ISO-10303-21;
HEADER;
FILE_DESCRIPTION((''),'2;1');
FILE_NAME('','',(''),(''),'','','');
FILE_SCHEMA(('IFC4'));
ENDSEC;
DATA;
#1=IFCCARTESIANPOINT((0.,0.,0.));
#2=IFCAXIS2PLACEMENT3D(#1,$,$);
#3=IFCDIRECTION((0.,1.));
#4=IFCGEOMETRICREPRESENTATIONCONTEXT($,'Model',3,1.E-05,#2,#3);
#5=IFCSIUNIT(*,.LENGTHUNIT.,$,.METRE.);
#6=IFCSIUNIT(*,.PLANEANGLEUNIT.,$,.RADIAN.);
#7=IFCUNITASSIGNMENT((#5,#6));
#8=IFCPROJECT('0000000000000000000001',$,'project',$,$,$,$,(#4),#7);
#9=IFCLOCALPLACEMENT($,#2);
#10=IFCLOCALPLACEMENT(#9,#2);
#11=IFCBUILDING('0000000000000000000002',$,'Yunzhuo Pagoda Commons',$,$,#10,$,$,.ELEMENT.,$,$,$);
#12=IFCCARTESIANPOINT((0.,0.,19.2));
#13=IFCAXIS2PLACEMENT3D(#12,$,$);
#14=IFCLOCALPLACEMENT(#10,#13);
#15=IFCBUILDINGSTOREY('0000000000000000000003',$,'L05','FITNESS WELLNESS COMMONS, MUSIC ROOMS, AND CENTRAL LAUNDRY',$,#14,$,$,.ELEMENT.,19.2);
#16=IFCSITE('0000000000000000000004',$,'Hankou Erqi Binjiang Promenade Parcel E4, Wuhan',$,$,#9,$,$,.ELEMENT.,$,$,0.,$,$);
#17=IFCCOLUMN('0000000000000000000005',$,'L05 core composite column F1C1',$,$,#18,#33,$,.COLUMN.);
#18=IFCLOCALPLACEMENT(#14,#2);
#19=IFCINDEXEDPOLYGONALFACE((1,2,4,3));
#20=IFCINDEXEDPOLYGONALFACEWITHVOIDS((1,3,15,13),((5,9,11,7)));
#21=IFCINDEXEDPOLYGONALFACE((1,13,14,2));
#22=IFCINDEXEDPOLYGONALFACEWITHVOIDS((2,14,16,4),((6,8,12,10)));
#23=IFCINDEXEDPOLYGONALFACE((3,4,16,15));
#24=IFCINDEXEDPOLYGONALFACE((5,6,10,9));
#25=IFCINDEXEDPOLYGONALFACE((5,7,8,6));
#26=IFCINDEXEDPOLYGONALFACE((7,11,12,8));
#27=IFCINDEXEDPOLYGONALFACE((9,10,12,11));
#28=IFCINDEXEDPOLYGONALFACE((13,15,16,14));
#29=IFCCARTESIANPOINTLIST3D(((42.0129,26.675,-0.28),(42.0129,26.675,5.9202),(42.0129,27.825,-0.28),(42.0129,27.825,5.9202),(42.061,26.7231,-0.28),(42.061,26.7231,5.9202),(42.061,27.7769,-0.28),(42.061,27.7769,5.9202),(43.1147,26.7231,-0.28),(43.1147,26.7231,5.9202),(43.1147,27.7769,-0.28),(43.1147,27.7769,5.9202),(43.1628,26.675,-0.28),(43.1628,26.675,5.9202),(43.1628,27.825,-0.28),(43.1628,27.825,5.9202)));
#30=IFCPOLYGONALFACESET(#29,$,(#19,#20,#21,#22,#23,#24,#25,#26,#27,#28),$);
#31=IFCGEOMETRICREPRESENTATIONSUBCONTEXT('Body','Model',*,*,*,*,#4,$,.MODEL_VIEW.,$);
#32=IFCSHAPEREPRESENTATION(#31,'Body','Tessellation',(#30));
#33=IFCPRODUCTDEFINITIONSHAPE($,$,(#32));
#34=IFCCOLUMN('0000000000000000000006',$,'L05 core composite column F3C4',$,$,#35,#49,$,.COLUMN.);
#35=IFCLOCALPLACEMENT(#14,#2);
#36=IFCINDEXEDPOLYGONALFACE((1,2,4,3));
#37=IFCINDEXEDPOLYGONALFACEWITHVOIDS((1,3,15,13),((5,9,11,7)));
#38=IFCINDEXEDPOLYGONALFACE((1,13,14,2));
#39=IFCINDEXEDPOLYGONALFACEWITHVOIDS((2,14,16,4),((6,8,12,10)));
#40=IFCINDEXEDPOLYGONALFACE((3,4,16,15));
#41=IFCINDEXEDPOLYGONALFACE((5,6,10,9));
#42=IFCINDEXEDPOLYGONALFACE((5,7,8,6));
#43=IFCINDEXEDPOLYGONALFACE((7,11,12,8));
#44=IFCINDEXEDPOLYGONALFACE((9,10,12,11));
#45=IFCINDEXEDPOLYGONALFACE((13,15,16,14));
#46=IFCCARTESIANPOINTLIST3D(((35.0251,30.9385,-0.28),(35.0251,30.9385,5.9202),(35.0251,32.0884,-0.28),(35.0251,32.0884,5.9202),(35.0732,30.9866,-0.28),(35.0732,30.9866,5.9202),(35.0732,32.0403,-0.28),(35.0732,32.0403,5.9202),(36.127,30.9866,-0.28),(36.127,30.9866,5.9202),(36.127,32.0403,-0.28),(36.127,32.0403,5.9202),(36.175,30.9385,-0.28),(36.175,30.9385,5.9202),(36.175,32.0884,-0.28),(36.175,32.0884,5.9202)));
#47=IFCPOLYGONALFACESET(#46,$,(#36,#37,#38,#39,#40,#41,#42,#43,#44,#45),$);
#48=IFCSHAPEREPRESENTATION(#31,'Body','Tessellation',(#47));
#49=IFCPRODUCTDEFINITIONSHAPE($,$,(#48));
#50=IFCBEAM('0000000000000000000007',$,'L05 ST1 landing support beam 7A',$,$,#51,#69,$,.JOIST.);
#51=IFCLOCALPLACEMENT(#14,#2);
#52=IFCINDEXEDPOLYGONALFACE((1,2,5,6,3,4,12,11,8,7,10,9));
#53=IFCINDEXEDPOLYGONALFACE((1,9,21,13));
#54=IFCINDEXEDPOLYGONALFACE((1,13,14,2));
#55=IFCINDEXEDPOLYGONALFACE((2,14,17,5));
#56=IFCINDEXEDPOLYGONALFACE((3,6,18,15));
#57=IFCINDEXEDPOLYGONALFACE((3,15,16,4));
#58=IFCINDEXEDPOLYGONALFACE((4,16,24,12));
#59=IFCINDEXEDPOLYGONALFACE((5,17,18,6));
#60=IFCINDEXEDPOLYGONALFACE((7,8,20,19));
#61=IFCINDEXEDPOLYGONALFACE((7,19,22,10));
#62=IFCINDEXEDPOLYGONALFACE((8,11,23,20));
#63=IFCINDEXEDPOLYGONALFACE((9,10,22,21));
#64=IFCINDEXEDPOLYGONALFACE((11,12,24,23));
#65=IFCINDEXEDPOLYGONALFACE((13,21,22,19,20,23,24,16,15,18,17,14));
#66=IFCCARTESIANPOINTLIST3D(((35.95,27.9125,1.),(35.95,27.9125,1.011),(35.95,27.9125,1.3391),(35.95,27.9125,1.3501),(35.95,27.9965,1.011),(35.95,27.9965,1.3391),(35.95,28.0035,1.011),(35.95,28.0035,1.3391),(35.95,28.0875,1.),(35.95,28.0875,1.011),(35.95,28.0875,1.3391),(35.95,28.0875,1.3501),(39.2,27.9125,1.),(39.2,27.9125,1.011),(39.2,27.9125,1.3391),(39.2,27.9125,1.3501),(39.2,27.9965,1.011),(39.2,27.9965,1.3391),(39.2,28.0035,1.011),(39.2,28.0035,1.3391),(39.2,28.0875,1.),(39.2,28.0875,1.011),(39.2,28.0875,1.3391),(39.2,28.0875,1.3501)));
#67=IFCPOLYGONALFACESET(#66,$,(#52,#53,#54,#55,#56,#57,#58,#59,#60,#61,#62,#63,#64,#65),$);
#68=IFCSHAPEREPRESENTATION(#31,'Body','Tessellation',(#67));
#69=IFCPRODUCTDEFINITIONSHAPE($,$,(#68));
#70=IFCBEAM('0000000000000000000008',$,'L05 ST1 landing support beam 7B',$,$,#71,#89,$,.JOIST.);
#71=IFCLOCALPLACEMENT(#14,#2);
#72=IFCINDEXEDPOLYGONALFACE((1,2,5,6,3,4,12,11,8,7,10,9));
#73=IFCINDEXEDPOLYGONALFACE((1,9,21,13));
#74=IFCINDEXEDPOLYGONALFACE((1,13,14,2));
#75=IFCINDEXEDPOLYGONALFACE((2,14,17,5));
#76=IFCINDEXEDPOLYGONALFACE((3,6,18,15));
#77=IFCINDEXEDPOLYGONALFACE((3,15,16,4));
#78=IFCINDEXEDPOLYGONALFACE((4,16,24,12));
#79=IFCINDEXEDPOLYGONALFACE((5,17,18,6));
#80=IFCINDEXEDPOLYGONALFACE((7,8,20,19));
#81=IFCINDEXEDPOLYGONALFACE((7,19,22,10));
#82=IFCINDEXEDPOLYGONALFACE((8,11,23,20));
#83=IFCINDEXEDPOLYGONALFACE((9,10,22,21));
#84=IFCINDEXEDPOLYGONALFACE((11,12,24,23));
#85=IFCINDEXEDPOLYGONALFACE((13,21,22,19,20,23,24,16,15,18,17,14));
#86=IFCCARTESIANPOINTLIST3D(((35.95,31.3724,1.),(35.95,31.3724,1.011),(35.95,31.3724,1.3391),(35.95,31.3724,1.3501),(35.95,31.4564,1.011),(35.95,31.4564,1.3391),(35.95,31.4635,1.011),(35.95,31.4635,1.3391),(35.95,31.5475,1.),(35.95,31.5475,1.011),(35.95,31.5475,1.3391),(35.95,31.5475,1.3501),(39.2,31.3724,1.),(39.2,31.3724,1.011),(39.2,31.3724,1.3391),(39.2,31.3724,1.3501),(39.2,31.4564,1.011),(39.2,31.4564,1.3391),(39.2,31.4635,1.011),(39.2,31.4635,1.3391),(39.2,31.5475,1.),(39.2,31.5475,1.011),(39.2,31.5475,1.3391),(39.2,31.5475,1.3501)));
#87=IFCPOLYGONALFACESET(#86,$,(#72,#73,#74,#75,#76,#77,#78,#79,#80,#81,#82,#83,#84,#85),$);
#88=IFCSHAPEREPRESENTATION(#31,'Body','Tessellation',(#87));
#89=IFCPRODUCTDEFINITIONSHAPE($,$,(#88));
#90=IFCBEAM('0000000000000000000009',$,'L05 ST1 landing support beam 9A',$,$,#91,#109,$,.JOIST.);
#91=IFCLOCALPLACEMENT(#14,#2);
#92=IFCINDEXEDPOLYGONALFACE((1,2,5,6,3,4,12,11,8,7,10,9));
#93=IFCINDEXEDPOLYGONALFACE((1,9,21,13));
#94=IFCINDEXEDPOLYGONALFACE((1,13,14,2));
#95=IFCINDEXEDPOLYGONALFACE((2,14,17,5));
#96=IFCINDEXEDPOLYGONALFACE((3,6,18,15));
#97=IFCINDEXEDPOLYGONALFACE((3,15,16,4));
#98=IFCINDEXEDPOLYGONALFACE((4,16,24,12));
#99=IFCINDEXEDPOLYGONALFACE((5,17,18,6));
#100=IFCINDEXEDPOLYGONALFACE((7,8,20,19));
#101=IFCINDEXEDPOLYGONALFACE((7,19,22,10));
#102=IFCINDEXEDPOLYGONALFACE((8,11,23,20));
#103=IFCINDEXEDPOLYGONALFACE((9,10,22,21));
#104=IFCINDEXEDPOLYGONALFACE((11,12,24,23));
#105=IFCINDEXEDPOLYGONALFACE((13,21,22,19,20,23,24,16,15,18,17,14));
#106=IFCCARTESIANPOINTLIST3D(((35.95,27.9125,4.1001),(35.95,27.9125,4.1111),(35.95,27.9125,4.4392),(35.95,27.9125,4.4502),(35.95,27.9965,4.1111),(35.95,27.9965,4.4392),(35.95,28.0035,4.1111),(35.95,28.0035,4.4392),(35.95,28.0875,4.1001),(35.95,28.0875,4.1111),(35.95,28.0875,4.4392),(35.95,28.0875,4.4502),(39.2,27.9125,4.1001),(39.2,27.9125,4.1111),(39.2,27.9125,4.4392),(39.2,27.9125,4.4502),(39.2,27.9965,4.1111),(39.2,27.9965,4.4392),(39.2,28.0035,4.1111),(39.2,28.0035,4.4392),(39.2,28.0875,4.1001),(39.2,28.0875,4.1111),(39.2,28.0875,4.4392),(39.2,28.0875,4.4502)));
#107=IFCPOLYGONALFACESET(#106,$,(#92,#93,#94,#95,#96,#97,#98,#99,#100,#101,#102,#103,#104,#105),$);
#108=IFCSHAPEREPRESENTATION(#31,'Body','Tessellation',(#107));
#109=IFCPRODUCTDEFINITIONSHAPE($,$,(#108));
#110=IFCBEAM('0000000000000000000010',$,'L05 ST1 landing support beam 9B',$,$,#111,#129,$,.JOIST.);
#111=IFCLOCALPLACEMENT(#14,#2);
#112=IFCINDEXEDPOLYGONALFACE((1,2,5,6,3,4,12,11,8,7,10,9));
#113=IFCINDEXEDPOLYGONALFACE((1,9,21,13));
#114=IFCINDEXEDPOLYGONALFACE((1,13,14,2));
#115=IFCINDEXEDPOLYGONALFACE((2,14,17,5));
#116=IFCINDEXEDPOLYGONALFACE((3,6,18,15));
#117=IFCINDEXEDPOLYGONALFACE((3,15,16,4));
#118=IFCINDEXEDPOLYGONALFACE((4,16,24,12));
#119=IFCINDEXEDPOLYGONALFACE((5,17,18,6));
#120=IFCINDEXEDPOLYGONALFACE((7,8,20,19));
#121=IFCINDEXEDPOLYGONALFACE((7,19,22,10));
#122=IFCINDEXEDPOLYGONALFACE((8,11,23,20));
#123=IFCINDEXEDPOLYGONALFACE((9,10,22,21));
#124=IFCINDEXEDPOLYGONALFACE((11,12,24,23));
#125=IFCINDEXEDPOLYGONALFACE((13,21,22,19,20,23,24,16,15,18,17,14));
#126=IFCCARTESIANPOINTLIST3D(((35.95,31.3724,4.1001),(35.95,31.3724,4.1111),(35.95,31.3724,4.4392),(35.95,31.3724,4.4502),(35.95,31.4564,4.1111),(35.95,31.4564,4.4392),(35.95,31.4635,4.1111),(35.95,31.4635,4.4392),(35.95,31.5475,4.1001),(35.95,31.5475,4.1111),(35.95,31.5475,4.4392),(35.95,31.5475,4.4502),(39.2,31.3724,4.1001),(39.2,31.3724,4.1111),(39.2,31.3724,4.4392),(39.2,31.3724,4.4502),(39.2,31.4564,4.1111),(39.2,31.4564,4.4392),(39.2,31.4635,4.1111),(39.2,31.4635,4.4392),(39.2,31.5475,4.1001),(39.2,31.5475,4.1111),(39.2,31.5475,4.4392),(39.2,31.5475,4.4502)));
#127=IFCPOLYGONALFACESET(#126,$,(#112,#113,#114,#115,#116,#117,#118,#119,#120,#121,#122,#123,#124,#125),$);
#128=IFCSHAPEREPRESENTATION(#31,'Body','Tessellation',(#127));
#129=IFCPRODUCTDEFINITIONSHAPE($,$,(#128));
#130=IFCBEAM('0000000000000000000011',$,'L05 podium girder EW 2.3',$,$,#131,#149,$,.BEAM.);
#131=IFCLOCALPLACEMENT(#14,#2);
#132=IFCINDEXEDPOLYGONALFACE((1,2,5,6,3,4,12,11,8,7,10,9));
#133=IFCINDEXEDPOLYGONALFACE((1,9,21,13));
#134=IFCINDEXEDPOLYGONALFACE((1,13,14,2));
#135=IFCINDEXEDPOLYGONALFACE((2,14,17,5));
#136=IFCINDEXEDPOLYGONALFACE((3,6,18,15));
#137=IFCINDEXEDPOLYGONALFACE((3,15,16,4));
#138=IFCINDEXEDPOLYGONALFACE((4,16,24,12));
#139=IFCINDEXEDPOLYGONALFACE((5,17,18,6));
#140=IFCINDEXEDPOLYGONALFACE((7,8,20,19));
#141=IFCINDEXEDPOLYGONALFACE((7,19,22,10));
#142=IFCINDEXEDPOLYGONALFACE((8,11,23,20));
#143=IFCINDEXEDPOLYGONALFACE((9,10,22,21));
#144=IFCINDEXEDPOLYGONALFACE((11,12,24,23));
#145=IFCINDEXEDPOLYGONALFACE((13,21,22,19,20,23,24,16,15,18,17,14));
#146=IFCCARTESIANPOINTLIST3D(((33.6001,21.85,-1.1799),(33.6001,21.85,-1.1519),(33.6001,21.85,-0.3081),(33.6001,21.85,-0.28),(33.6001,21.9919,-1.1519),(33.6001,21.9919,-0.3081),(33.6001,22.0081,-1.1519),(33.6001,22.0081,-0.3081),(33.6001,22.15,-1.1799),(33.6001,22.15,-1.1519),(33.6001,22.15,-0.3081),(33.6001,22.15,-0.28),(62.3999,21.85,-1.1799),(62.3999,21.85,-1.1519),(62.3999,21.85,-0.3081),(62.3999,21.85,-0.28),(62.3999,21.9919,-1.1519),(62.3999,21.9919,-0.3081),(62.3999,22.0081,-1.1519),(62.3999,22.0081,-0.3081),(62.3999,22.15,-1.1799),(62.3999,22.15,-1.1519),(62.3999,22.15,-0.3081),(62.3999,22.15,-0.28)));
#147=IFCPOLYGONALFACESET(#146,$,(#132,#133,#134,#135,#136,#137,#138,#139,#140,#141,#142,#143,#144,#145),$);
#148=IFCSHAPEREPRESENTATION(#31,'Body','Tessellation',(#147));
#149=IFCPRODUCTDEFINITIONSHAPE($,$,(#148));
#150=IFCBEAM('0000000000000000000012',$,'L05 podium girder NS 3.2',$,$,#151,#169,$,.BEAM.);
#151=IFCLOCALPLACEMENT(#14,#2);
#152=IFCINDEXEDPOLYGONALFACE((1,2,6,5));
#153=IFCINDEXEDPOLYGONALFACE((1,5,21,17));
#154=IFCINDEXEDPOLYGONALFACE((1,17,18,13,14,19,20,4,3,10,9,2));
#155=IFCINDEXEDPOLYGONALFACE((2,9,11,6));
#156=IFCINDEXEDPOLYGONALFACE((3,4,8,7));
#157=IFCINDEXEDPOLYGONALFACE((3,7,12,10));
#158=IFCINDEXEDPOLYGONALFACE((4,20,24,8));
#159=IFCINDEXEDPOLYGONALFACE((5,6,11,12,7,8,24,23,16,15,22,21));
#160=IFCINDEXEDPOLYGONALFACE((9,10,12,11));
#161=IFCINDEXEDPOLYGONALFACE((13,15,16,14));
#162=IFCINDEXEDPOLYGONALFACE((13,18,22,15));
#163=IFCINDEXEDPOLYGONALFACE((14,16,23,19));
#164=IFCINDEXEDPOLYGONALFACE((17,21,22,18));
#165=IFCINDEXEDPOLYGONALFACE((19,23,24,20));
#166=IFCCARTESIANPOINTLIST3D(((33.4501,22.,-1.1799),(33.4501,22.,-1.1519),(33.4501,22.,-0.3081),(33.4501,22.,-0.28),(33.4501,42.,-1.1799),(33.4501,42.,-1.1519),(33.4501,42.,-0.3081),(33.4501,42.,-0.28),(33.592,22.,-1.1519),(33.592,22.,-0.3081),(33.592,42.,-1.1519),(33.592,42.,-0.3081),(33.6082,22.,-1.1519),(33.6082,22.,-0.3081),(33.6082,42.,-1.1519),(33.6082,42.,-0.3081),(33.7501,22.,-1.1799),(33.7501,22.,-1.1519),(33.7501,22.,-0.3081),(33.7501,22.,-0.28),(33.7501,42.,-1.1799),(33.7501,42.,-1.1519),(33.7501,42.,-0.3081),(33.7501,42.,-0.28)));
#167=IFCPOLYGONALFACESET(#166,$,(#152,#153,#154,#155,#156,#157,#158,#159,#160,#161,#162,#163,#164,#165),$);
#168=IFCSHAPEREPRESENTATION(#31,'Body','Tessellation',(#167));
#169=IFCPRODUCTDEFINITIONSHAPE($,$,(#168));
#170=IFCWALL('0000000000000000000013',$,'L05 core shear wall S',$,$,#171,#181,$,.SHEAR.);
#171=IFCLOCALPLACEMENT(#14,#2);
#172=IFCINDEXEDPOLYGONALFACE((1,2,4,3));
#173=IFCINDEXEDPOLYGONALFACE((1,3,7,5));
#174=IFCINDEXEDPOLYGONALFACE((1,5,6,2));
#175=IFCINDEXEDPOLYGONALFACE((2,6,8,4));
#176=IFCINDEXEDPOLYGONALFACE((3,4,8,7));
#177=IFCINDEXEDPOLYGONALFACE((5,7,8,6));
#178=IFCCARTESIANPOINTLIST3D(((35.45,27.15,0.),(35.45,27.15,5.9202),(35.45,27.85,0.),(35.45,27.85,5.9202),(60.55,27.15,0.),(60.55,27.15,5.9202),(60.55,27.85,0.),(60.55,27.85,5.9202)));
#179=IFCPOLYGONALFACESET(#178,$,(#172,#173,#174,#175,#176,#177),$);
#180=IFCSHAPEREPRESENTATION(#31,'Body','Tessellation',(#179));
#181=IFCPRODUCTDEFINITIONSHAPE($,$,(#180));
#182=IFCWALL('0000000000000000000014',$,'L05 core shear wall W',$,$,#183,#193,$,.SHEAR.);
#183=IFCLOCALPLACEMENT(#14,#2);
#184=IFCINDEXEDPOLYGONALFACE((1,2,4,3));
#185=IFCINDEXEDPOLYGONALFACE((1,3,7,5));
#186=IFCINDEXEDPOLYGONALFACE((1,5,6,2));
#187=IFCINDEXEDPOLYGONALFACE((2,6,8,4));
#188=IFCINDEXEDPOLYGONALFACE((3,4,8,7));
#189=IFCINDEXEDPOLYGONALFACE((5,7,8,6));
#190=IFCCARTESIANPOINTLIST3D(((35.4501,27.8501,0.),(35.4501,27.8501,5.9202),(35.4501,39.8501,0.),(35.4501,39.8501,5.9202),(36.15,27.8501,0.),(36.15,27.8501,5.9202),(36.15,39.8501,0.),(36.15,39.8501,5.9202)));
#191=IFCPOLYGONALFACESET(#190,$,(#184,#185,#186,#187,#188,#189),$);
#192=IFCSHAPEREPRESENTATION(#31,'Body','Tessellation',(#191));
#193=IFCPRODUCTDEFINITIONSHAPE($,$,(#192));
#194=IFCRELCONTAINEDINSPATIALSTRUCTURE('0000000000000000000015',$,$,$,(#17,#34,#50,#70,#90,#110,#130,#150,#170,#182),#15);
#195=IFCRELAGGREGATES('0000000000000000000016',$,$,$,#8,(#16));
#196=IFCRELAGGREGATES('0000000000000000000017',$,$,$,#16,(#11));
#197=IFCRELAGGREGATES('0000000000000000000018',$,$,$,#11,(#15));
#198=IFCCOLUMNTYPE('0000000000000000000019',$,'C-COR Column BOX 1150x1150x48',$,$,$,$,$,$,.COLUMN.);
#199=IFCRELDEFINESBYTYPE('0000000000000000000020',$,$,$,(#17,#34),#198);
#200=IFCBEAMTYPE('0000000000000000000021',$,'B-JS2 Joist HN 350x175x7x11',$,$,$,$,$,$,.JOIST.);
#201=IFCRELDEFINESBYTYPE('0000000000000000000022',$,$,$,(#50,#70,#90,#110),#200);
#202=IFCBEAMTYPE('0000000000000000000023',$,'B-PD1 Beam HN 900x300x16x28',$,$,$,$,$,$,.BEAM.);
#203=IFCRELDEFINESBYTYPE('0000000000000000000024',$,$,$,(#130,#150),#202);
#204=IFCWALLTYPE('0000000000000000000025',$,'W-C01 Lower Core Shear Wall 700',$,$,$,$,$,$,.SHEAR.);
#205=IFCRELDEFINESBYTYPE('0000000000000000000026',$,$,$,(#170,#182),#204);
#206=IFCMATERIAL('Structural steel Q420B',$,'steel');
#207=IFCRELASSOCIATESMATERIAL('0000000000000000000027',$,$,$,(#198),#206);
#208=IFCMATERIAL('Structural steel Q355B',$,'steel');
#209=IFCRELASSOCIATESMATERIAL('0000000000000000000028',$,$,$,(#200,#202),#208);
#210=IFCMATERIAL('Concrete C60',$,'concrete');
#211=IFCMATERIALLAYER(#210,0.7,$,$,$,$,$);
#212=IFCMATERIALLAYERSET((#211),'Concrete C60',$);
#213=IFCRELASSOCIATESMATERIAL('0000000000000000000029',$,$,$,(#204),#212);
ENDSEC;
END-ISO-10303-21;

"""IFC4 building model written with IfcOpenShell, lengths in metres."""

from ifc_helpers import new_model, si_unit, direction, frame, frame_2d, origin, origin_2d, place, context, subcontext, project, spatial, rectangle, hollow_rectangle, i_section, extrude, source, transform, mapped, material, layer, layer_set, material_profile, profile_set, type_object, element, save


model = new_model("IFC4")

# Units and contexts
model_context = context("Model", 3, precision=1e-05, world=origin(), true_north=direction((0.0, 1.0)))
body_context = subcontext(model_context, "Body", "Model", "MODEL_VIEW")
ifc_project = project(units=[si_unit("LENGTHUNIT", "METRE"), si_unit("PLANEANGLEUNIT", "RADIAN")], contexts=[model_context])

# Site, building, storey
site_placement = place(None, origin())
site = spatial("IfcSite", under=ifc_project, at=site_placement, Name="Hankou Erqi Binjiang Promenade Parcel E4, Wuhan", CompositionType="ELEMENT", RefElevation=0.0)
building_placement = place(site_placement, origin())
building = spatial("IfcBuilding", under=site, at=building_placement, Name="Yunzhuo Pagoda Commons", CompositionType="ELEMENT")
storey_placement = place(building_placement, frame((0.0, 0.0, 19.2)))
storey = spatial("IfcBuildingStorey", under=building, at=storey_placement, Name="L05", Description="FITNESS WELLNESS COMMONS, MUSIC ROOMS, AND CENTRAL LAUNDRY", CompositionType="ELEMENT", Elevation=19.2)

# Columns
ifc_material_1 = material(Name="Structural steel Q420B", Category="steel")
ifc_material_profile_1 = material_profile(ifc_material_1, hollow_rectangle(XDim=1.1499, YDim=1.1499, WallThickness=0.0481, at=origin_2d()), Name="Structural steel Q420B")
ifc_profile_set_1 = profile_set([ifc_material_profile_1], Name="Structural steel Q420B")
column_type = type_object("IfcColumnType", Name="C-COR Column BOX 1150x1150x48", PredefinedType="COLUMN", material=ifc_profile_set_1)
shared_shape_1 = source(origin(), body_context, "Body", "SweptSolid", [
    extrude(hollow_rectangle(XDim=1.1499, YDim=1.1499, WallThickness=0.0481, at=origin_2d()), origin(), (0.0, 0.0, 1.0), 6.2002),
])
for number, where, z_axis, x_axis, name in (
    (1, (42.5879, 27.25, -0.28), (0.0, 0.0, 1.0), (1.0, 0.0, 0.0), "L05 core composite column F1C1"),
    (2, (35.6001, 31.5134, -0.28), (0.0, 0.0, 1.0), (1.0, 0.0, 0.0), "L05 core composite column F3C4"),
):
    element("IfcColumn", number, at=place(storey_placement, frame(where, z_axis=z_axis, x_axis=x_axis)), inside=storey, type_object=column_type, Name=name, PredefinedType="COLUMN", context=body_context, shape_type="MappedRepresentation", body=[
        mapped(shared_shape_1, transform((0.0, 0.0, 0.0), scale=1.0)),
    ])

# Beams
ifc_material_2 = material(Name="Structural steel Q355B", Category="steel")
ifc_material_profile_2 = material_profile(ifc_material_2, i_section(OverallWidth=0.175, OverallDepth=0.3501, WebThickness=0.0071, FlangeThickness=0.011, at=origin_2d()), Name="Structural steel Q355B")
ifc_profile_set_2 = profile_set([ifc_material_profile_2], Name="Structural steel Q355B")
beam_type_1 = type_object("IfcBeamType", Name="B-JS2 Joist HN 350x175x7x11", PredefinedType="JOIST", material=ifc_profile_set_2)
shared_shape_2 = source(origin(), body_context, "Body", "SweptSolid", [
    extrude(i_section(OverallWidth=0.175, OverallDepth=0.3501, WebThickness=0.0071, FlangeThickness=0.011, at=origin_2d()), origin(), (0.0, 0.0, 1.0), 3.25),
])
for number, where, z_axis, x_axis, name in (
    (3, (35.95, 28.0, 1.175), (1.0, 0.0, 0.0), (0.0, 1.0, 0.0), "L05 ST1 landing support beam 7A"),
    (4, (35.95, 31.46, 1.175), (1.0, 0.0, 0.0), (0.0, 1.0, 0.0), "L05 ST1 landing support beam 7B"),
    (5, (35.95, 28.0, 4.2751), (1.0, 0.0, 0.0), (0.0, 1.0, 0.0), "L05 ST1 landing support beam 9A"),
    (6, (35.95, 31.46, 4.2751), (1.0, 0.0, 0.0), (0.0, 1.0, 0.0), "L05 ST1 landing support beam 9B"),
):
    element("IfcBeam", number, at=place(storey_placement, frame(where, z_axis=z_axis, x_axis=x_axis)), inside=storey, type_object=beam_type_1, Name=name, PredefinedType="JOIST", context=body_context, shape_type="MappedRepresentation", body=[
        mapped(shared_shape_2, transform((0.0, 0.0, 0.0), scale=1.0)),
    ])
ifc_material_profile_3 = material_profile(ifc_material_2, i_section(OverallWidth=0.3, OverallDepth=0.8999, WebThickness=0.0161, FlangeThickness=0.0281, at=origin_2d()), Name="Structural steel Q355B")
ifc_profile_set_3 = profile_set([ifc_material_profile_3], Name="Structural steel Q355B")
beam_type_2 = type_object("IfcBeamType", Name="B-PD1 Beam HN 900x300x16x28", PredefinedType="BEAM", material=ifc_profile_set_3)
shared_shape_3 = source(origin(), body_context, "Body", "SweptSolid", [
    extrude(i_section(OverallWidth=0.3, OverallDepth=0.8999, WebThickness=0.0161, FlangeThickness=0.0281, at=origin_2d()), origin(), (0.0, 0.0, 1.0), 28.7998),
])
beam_1_placement = place(storey_placement, frame((33.6001, 22.0, -0.73), z_axis=(1.0, 0.0, 0.0), x_axis=(0.0, 1.0, 0.0)))
element("IfcBeam", 7, at=beam_1_placement, inside=storey, type_object=beam_type_2, Name="L05 podium girder EW 2.3", PredefinedType="BEAM", context=body_context, shape_type="MappedRepresentation", body=[
    mapped(shared_shape_3, transform((0.0, 0.0, 0.0), scale=1.0)),
])
shared_shape_4 = source(origin(), body_context, "Body", "SweptSolid", [
    extrude(i_section(OverallWidth=0.3, OverallDepth=0.8999, WebThickness=0.0161, FlangeThickness=0.0281, at=origin_2d()), origin(), (0.0, 0.0, 1.0), 20.0),
])
beam_2_placement = place(storey_placement, frame((33.6001, 22.0, -0.73), z_axis=(0.0, 1.0, 0.0), x_axis=(-1.0, 0.0, 0.0)))
element("IfcBeam", 8, at=beam_2_placement, inside=storey, type_object=beam_type_2, Name="L05 podium girder NS 3.2", PredefinedType="BEAM", context=body_context, shape_type="MappedRepresentation", body=[
    mapped(shared_shape_4, transform((0.0, 0.0, 0.0), scale=1.0)),
])

# Walls
ifc_material_3 = material(Name="Concrete C60", Category="concrete")
ifc_layer_1 = layer(ifc_material_3, 0.7)
ifc_layer_set_1 = layer_set([ifc_layer_1], Name="Concrete C60")
wall_type_1 = type_object("IfcWallType", Name="W-C01 Lower Core Shear Wall 700", PredefinedType="SHEAR", material=ifc_layer_set_1)
wall_1_placement = place(storey_placement, frame((35.45, 27.5, 0.0), z_axis=(0.0, 0.0, 1.0), x_axis=(1.0, 0.0, 0.0)))
element("IfcWall", 9, at=wall_1_placement, inside=storey, type_object=wall_type_1, Name="L05 core shear wall S", PredefinedType="SHEAR", context=body_context, shape_type="SweptSolid", body=[
    extrude(rectangle(XDim=25.1001, YDim=0.7, at=frame_2d((12.55, 0.0))), origin(), (0.0, 0.0, 1.0), 5.9202),
])
wall_2_placement = place(storey_placement, frame((35.8, 27.8501, 0.0), z_axis=(0.0, 0.0, 1.0), x_axis=(0.0, 1.0, 0.0)))
element("IfcWall", 10, at=wall_2_placement, inside=storey, type_object=wall_type_1, Name="L05 core shear wall W", PredefinedType="SHEAR", context=body_context, shape_type="SweptSolid", body=[
    extrude(rectangle(XDim=12.0, YDim=0.7, at=frame_2d((6.0, 0.0))), origin(), (0.0, 0.0, 1.0), 5.9202),
])

save(model, "model.ifc")
